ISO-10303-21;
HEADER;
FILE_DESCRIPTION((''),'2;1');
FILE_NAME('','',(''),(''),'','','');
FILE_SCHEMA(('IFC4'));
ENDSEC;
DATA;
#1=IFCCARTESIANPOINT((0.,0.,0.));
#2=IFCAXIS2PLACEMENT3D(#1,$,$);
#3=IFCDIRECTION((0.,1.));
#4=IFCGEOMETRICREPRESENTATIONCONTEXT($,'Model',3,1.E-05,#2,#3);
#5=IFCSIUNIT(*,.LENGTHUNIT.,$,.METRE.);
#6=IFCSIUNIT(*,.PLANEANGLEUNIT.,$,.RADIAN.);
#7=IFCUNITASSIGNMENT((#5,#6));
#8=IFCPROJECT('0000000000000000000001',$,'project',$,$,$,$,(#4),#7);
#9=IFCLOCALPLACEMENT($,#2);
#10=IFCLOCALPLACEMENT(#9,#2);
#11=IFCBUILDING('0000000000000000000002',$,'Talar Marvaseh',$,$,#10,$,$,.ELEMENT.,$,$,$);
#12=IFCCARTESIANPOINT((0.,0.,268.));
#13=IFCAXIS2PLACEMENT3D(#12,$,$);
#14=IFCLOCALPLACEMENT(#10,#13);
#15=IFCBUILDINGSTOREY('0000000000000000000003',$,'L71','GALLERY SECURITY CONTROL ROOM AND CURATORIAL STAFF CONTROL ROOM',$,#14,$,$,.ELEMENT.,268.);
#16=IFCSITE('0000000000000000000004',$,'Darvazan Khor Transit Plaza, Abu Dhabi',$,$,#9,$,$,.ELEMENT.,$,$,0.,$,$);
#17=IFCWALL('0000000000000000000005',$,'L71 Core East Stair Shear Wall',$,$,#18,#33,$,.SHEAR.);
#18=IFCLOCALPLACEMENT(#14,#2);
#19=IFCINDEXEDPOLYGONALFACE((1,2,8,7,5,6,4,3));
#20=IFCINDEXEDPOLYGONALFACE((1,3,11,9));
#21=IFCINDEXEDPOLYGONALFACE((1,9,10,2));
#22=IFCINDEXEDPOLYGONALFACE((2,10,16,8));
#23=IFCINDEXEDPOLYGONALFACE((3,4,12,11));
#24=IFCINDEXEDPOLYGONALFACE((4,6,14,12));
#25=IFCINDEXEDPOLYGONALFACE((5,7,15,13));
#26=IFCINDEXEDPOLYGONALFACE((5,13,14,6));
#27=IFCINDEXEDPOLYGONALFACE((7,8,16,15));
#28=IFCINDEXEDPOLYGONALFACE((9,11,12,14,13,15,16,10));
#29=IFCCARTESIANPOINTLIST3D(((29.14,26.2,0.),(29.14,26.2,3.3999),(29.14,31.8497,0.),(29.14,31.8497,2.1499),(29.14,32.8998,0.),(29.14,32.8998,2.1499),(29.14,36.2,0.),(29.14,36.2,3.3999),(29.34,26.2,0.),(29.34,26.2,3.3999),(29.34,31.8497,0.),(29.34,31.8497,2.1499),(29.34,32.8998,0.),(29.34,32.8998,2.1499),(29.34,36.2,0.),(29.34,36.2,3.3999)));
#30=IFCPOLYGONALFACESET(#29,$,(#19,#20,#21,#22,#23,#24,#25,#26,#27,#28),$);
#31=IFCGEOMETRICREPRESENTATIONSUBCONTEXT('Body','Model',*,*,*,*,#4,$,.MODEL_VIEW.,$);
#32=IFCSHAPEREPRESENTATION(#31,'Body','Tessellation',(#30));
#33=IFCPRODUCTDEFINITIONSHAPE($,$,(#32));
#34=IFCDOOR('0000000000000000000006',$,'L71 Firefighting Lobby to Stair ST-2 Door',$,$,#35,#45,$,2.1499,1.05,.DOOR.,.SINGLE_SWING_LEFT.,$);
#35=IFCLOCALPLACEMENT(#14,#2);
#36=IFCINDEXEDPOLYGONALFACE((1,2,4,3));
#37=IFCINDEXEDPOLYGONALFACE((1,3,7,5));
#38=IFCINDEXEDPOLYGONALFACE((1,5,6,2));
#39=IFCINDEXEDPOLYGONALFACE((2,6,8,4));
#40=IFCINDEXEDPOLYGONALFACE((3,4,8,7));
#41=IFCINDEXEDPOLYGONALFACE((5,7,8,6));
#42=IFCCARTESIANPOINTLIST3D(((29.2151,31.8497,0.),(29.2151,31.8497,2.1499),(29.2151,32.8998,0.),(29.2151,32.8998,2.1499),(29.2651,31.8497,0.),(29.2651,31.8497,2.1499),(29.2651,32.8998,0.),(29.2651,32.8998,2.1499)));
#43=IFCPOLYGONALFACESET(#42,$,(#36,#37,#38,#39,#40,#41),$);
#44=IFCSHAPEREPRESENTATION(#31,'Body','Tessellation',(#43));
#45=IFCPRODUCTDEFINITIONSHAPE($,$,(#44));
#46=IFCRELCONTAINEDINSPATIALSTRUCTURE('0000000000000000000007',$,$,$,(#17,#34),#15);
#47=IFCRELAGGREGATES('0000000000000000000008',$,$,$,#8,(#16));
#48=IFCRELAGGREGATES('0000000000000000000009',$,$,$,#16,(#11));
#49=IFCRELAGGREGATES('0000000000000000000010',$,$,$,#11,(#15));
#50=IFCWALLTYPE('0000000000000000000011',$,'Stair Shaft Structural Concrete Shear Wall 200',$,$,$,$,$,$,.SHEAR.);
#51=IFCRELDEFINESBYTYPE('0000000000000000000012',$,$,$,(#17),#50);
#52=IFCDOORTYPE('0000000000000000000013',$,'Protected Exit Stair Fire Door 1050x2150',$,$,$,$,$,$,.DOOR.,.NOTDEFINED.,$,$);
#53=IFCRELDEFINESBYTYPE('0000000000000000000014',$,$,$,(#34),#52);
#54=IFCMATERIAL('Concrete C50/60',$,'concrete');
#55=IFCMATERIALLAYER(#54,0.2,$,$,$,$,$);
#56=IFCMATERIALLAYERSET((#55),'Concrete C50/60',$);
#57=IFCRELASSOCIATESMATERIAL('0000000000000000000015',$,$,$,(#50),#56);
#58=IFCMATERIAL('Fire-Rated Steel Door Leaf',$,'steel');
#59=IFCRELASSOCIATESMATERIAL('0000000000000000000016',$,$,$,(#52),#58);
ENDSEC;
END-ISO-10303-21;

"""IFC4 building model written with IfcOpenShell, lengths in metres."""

from ifc_helpers import new_model, si_unit, direction, frame, frame_2d, origin, place, context, subcontext, project, spatial, rectangle, extrude, source, transform, mapped, material, layer, layer_set, type_object, type_shapes, element, fill, save


model = new_model("IFC4")

# Units and contexts
model_context = context("Model", 3, precision=1e-05, world=origin(), true_north=direction((0.0, 1.0)))
body_context = subcontext(model_context, "Body", "Model", "MODEL_VIEW")
ifc_project = project(units=[si_unit("LENGTHUNIT", "METRE"), si_unit("PLANEANGLEUNIT", "RADIAN")], contexts=[model_context])

# Site, building, storey
site_placement = place(None, origin())
site = spatial("IfcSite", under=ifc_project, at=site_placement, Name="Darvazan Khor Transit Plaza, Abu Dhabi", CompositionType="ELEMENT", RefElevation=0.0)
building_placement = place(site_placement, origin())
building = spatial("IfcBuilding", under=site, at=building_placement, Name="Talar Marvaseh", CompositionType="ELEMENT")
storey_placement = place(building_placement, frame((0.0, 0.0, 268.0)))
storey = spatial("IfcBuildingStorey", under=building, at=storey_placement, Name="L71", Description="GALLERY SECURITY CONTROL ROOM AND CURATORIAL STAFF CONTROL ROOM", CompositionType="ELEMENT", Elevation=268.0)

# Shared definitions
ifc_material_1 = material(Name="Concrete C50/60", Category="concrete")

# Shared definitions
ifc_layer_1 = layer(ifc_material_1, 0.2)
ifc_layer_set_1 = layer_set([ifc_layer_1], Name="Concrete C50/60")
wall_type_1 = type_object("IfcWallType", Name="Stair Shaft Structural Concrete Shear Wall 200", PredefinedType="SHEAR", material=ifc_layer_set_1)

# Wall, opening, door
wall_1_placement = place(storey_placement, frame((29.24, 26.2, 0.0), z_axis=(0.0, 0.0, 1.0), x_axis=(0.0, 1.0, 0.0)))
wall_1 = element("IfcWall", 1, at=wall_1_placement, inside=storey, type_object=wall_type_1, Name="L71 Core East Stair Shear Wall", PredefinedType="SHEAR", context=body_context, shape_type="SweptSolid", body=[
    extrude(rectangle(XDim=10.0, YDim=0.2, at=frame_2d((5.0, 0.0))), origin(), (0.0, 0.0, 1.0), 3.3999),
])
opening_1_placement = place(wall_1_placement, frame((5.6499, 0.0, 0.0)))
opening_1 = element("IfcOpeningElement", 2, at=opening_1_placement, cuts=wall_1, PredefinedType="OPENING", context=body_context, shape_type="SweptSolid", body=[
    extrude(rectangle(XDim=1.05, YDim=2.1499, at=frame_2d((0.5249, 1.075))), frame((0.0, 0.1099, 0.0), z_axis=(0.0, -1.0, 0.0), x_axis=(1.0, 0.0, 0.0)), (0.0, 0.0, 1.0), 0.22),
])
ifc_material_2 = material(Name="Fire-Rated Steel Door Leaf", Category="steel")
door_type_1 = type_object("IfcDoorType", Name="Protected Exit Stair Fire Door 1050x2150", OperationType="NOTDEFINED", PredefinedType="DOOR", material=ifc_material_2)
shared_shape_1 = source(origin(), body_context, "Body", "SweptSolid", [
    extrude(rectangle(XDim=1.05, YDim=2.1499, at=frame_2d((0.5249, 1.075))), frame((0.0, 0.0249, 0.0), z_axis=(0.0, -1.0, 0.0), x_axis=(1.0, 0.0, 0.0)), (0.0, 0.0, 1.0), 0.05),
])
type_shapes(door_type_1, [shared_shape_1])
door_1_placement = place(opening_1_placement, origin())
door_1 = element("IfcDoor", 3, at=door_1_placement, inside=storey, type_object=door_type_1, Name="L71 Firefighting Lobby to Stair ST-2 Door", OperationType="SINGLE_SWING_LEFT", OverallHeight=2.1499, OverallWidth=1.05, PredefinedType="DOOR", context=body_context, shape_type="MappedRepresentation", body=[
    mapped(shared_shape_1, transform((0.0, 0.0, 0.0), x_axis=(1.0, 0.0, 0.0), y_axis=(0.0, 1.0, 0.0), z_axis=(0.0, 0.0, 1.0), scale=1.0)),
])
fill(opening_1, door_1)

save(model, "model.ifc")
